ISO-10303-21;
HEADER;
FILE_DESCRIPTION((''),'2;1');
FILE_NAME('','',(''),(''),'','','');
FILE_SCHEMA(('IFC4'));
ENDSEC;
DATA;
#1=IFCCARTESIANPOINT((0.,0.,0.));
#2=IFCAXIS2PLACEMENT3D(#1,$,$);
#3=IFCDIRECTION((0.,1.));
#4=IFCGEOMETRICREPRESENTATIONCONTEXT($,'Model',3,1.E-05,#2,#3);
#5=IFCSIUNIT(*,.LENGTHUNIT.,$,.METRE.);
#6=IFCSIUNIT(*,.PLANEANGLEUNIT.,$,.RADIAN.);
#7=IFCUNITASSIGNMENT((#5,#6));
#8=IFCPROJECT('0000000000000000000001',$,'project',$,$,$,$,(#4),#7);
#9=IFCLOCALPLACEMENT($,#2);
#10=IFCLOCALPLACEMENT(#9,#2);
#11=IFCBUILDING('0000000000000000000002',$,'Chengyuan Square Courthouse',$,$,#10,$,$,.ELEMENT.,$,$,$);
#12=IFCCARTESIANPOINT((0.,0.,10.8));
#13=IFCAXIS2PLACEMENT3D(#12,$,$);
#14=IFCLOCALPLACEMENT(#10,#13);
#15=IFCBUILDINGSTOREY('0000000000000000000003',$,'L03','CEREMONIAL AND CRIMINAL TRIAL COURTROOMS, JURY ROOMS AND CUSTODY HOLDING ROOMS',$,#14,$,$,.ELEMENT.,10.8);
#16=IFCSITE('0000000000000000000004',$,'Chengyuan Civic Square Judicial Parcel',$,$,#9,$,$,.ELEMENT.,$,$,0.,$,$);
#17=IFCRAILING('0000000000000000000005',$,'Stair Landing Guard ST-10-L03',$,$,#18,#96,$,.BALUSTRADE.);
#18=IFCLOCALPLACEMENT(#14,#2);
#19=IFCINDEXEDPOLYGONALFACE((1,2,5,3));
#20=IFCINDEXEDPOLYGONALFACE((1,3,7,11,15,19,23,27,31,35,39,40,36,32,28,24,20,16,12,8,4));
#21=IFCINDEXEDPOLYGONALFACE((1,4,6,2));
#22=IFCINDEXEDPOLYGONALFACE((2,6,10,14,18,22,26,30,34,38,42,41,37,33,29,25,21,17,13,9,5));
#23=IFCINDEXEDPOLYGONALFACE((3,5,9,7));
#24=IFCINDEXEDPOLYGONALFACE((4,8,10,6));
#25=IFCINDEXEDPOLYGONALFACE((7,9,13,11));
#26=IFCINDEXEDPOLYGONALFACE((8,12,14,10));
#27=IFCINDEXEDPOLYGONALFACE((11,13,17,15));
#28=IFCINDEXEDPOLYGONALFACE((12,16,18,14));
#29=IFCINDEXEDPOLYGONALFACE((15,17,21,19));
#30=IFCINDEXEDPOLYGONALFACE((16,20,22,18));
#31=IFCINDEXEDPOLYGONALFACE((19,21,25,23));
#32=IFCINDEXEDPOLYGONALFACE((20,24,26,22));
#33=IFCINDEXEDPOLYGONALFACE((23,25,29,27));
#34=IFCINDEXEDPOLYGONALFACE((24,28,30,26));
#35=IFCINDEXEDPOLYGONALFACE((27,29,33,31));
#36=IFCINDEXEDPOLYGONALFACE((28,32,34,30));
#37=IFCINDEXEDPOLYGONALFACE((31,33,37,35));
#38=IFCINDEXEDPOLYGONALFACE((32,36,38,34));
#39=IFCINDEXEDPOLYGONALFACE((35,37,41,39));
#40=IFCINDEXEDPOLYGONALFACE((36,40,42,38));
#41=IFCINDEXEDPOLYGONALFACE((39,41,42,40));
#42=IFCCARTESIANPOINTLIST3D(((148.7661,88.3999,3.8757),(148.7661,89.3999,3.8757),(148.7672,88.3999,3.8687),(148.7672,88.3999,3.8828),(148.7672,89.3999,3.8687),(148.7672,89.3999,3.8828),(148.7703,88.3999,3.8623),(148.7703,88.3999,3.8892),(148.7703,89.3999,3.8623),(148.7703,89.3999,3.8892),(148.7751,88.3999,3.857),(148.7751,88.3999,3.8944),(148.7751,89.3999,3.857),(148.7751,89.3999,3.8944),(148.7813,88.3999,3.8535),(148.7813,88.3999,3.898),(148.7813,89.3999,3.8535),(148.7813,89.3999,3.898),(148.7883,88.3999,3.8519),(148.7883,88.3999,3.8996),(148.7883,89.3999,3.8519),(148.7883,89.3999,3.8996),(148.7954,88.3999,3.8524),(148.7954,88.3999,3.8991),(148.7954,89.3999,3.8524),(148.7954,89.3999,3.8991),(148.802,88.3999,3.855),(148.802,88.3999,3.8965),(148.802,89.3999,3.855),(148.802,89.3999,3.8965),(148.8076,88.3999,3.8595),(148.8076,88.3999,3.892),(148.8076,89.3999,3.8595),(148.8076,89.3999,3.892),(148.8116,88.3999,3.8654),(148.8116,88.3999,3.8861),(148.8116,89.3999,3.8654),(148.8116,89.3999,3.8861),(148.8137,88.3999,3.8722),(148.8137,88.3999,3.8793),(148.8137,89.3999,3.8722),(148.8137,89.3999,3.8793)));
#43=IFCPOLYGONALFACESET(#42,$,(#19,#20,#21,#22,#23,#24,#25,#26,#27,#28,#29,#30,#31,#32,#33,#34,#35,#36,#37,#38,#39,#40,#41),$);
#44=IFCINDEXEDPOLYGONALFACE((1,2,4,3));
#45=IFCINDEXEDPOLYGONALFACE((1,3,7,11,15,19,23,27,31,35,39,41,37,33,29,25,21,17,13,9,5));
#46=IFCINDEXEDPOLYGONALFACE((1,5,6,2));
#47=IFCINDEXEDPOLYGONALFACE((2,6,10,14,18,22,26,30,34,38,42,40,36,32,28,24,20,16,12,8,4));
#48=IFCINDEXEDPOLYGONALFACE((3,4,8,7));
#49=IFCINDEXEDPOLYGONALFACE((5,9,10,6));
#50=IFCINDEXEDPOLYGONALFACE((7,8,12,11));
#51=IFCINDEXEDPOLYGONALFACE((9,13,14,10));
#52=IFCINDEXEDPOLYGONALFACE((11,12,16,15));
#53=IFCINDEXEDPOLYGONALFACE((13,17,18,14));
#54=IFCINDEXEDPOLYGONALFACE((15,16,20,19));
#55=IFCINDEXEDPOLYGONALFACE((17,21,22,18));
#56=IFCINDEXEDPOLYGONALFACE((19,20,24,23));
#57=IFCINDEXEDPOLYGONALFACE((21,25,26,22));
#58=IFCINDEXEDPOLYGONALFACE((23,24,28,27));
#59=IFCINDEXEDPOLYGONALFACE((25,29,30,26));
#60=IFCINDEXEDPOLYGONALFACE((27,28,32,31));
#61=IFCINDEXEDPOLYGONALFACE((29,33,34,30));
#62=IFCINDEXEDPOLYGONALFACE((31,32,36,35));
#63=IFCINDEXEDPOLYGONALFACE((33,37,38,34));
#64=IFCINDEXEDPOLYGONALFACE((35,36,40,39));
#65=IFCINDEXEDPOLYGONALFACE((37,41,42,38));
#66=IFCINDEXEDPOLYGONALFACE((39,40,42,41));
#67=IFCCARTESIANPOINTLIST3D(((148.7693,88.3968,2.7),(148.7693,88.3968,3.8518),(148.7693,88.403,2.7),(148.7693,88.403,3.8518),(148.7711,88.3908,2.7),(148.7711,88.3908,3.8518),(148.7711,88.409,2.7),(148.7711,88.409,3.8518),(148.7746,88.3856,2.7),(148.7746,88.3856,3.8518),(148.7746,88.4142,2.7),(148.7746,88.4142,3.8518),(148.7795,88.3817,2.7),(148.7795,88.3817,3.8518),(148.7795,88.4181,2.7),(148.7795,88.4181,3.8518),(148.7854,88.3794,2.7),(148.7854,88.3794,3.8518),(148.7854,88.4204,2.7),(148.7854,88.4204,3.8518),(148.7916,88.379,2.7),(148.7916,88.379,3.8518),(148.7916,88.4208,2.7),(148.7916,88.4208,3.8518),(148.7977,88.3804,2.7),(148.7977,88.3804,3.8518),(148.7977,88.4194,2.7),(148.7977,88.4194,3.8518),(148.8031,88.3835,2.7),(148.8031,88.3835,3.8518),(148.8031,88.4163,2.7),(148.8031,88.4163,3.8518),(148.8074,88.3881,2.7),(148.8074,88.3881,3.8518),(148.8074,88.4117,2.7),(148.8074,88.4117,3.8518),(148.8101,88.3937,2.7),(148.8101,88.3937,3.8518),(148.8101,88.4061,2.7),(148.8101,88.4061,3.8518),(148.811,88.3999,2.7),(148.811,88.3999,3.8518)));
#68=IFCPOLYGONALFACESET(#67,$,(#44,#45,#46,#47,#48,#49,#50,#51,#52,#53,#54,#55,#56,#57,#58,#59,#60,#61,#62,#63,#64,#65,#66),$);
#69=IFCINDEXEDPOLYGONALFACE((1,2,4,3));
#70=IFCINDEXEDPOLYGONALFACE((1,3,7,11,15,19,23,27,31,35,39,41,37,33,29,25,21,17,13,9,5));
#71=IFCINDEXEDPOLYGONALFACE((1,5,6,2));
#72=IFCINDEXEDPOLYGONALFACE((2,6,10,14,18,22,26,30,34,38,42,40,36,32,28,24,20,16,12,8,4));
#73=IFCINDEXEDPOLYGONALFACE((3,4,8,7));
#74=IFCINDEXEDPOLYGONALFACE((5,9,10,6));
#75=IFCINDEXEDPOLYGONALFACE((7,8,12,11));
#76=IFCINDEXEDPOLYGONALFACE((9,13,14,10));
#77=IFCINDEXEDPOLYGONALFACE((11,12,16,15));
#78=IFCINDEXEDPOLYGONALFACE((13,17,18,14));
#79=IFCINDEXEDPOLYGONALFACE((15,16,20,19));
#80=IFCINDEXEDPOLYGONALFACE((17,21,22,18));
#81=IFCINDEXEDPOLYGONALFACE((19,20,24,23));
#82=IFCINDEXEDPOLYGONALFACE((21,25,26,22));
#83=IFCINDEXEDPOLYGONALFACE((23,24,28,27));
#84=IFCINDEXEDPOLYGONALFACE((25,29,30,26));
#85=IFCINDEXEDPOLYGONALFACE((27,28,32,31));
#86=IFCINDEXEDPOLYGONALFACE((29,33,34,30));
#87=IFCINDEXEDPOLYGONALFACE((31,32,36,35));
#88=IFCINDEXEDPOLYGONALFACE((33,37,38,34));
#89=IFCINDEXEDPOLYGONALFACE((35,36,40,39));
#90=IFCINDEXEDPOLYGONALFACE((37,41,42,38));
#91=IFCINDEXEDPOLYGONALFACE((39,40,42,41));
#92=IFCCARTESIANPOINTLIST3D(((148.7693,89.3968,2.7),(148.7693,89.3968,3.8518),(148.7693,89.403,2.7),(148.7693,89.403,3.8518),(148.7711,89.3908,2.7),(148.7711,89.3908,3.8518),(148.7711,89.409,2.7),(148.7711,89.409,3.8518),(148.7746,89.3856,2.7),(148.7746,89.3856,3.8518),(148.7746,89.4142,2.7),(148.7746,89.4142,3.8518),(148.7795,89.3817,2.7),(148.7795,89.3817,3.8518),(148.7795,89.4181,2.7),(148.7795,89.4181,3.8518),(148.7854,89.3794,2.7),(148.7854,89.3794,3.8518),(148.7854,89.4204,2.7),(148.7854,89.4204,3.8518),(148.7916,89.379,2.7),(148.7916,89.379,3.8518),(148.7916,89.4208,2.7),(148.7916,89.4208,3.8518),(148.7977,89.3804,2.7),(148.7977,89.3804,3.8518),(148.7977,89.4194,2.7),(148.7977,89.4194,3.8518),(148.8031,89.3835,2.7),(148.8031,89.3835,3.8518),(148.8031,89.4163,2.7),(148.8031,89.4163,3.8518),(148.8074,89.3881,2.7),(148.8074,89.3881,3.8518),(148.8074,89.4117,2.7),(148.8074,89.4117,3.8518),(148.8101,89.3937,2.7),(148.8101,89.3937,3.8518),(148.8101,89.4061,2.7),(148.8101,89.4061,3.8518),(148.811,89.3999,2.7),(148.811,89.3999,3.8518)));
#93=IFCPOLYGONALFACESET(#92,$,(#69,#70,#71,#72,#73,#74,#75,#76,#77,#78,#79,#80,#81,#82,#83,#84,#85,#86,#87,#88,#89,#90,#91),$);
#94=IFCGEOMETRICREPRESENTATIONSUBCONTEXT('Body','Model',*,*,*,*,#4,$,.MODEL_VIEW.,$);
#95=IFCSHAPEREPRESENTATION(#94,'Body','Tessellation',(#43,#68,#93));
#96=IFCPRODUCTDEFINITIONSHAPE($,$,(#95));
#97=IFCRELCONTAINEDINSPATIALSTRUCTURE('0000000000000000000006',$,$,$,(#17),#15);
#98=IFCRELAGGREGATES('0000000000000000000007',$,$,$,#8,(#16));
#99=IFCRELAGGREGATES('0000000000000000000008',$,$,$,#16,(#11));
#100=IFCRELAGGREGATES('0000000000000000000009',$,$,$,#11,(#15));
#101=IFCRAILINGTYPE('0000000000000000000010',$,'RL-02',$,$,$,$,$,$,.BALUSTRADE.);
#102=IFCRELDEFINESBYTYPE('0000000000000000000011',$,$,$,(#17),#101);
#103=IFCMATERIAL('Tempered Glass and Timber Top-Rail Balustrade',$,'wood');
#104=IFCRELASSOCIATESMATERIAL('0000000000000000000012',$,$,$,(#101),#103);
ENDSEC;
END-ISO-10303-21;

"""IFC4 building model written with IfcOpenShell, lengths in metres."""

from ifc_helpers import new_model, si_unit, direction, frame, origin, origin_2d, place, context, subcontext, project, spatial, circle, extrude, material, type_object, element, save


model = new_model("IFC4")

# Units and contexts
model_context = context("Model", 3, precision=1e-05, world=origin(), true_north=direction((0.0, 1.0)))
body_context = subcontext(model_context, "Body", "Model", "MODEL_VIEW")
ifc_project = project(units=[si_unit("LENGTHUNIT", "METRE"), si_unit("PLANEANGLEUNIT", "RADIAN")], contexts=[model_context])

# Site, building, storey
site_placement = place(None, origin())
site = spatial("IfcSite", under=ifc_project, at=site_placement, Name="Chengyuan Civic Square Judicial Parcel", CompositionType="ELEMENT", RefElevation=0.0)
building_placement = place(site_placement, origin())
building = spatial("IfcBuilding", under=site, at=building_placement, Name="Chengyuan Square Courthouse", CompositionType="ELEMENT")
storey_placement = place(building_placement, frame((0.0, 0.0, 10.8)))
storey = spatial("IfcBuildingStorey", under=building, at=storey_placement, Name="L03", Description="CEREMONIAL AND CRIMINAL TRIAL COURTROOMS, JURY ROOMS AND CUSTODY HOLDING ROOMS", CompositionType="ELEMENT", Elevation=10.8)

# Railing
ifc_material_1 = material(Name="Tempered Glass and Timber Top-Rail Balustrade", Category="wood")
railing_type_1 = type_object("IfcRailingType", Name="RL-02", PredefinedType="BALUSTRADE", material=ifc_material_1)
for number, where, name in (
    (1, (148.79, 88.3999, 2.7), "Stair Landing Guard ST-10-L03"),
):
    element("IfcRailing", number, at=place(storey_placement, frame(where)), inside=storey, type_object=railing_type_1, Name=name, PredefinedType="BALUSTRADE", context=body_context, shape_type="SweptSolid", body=[
        extrude(circle(Radius=0.0239, at=origin_2d()), frame((0.0, 0.0, 1.1758), z_axis=(0.0, 1.0, 0.0), x_axis=(-1.0, 0.0, 0.0)), (0.0, 0.0, 1.0), 1.0),
        extrude(circle(Radius=0.021, at=origin_2d()), origin(), (0.0, 0.0, 1.0), 1.1519),
        extrude(circle(Radius=0.021, at=origin_2d()), frame((0.0, 1.0, 0.0)), (0.0, 0.0, 1.0), 1.1519),
    ])

save(model, "model.ifc")
